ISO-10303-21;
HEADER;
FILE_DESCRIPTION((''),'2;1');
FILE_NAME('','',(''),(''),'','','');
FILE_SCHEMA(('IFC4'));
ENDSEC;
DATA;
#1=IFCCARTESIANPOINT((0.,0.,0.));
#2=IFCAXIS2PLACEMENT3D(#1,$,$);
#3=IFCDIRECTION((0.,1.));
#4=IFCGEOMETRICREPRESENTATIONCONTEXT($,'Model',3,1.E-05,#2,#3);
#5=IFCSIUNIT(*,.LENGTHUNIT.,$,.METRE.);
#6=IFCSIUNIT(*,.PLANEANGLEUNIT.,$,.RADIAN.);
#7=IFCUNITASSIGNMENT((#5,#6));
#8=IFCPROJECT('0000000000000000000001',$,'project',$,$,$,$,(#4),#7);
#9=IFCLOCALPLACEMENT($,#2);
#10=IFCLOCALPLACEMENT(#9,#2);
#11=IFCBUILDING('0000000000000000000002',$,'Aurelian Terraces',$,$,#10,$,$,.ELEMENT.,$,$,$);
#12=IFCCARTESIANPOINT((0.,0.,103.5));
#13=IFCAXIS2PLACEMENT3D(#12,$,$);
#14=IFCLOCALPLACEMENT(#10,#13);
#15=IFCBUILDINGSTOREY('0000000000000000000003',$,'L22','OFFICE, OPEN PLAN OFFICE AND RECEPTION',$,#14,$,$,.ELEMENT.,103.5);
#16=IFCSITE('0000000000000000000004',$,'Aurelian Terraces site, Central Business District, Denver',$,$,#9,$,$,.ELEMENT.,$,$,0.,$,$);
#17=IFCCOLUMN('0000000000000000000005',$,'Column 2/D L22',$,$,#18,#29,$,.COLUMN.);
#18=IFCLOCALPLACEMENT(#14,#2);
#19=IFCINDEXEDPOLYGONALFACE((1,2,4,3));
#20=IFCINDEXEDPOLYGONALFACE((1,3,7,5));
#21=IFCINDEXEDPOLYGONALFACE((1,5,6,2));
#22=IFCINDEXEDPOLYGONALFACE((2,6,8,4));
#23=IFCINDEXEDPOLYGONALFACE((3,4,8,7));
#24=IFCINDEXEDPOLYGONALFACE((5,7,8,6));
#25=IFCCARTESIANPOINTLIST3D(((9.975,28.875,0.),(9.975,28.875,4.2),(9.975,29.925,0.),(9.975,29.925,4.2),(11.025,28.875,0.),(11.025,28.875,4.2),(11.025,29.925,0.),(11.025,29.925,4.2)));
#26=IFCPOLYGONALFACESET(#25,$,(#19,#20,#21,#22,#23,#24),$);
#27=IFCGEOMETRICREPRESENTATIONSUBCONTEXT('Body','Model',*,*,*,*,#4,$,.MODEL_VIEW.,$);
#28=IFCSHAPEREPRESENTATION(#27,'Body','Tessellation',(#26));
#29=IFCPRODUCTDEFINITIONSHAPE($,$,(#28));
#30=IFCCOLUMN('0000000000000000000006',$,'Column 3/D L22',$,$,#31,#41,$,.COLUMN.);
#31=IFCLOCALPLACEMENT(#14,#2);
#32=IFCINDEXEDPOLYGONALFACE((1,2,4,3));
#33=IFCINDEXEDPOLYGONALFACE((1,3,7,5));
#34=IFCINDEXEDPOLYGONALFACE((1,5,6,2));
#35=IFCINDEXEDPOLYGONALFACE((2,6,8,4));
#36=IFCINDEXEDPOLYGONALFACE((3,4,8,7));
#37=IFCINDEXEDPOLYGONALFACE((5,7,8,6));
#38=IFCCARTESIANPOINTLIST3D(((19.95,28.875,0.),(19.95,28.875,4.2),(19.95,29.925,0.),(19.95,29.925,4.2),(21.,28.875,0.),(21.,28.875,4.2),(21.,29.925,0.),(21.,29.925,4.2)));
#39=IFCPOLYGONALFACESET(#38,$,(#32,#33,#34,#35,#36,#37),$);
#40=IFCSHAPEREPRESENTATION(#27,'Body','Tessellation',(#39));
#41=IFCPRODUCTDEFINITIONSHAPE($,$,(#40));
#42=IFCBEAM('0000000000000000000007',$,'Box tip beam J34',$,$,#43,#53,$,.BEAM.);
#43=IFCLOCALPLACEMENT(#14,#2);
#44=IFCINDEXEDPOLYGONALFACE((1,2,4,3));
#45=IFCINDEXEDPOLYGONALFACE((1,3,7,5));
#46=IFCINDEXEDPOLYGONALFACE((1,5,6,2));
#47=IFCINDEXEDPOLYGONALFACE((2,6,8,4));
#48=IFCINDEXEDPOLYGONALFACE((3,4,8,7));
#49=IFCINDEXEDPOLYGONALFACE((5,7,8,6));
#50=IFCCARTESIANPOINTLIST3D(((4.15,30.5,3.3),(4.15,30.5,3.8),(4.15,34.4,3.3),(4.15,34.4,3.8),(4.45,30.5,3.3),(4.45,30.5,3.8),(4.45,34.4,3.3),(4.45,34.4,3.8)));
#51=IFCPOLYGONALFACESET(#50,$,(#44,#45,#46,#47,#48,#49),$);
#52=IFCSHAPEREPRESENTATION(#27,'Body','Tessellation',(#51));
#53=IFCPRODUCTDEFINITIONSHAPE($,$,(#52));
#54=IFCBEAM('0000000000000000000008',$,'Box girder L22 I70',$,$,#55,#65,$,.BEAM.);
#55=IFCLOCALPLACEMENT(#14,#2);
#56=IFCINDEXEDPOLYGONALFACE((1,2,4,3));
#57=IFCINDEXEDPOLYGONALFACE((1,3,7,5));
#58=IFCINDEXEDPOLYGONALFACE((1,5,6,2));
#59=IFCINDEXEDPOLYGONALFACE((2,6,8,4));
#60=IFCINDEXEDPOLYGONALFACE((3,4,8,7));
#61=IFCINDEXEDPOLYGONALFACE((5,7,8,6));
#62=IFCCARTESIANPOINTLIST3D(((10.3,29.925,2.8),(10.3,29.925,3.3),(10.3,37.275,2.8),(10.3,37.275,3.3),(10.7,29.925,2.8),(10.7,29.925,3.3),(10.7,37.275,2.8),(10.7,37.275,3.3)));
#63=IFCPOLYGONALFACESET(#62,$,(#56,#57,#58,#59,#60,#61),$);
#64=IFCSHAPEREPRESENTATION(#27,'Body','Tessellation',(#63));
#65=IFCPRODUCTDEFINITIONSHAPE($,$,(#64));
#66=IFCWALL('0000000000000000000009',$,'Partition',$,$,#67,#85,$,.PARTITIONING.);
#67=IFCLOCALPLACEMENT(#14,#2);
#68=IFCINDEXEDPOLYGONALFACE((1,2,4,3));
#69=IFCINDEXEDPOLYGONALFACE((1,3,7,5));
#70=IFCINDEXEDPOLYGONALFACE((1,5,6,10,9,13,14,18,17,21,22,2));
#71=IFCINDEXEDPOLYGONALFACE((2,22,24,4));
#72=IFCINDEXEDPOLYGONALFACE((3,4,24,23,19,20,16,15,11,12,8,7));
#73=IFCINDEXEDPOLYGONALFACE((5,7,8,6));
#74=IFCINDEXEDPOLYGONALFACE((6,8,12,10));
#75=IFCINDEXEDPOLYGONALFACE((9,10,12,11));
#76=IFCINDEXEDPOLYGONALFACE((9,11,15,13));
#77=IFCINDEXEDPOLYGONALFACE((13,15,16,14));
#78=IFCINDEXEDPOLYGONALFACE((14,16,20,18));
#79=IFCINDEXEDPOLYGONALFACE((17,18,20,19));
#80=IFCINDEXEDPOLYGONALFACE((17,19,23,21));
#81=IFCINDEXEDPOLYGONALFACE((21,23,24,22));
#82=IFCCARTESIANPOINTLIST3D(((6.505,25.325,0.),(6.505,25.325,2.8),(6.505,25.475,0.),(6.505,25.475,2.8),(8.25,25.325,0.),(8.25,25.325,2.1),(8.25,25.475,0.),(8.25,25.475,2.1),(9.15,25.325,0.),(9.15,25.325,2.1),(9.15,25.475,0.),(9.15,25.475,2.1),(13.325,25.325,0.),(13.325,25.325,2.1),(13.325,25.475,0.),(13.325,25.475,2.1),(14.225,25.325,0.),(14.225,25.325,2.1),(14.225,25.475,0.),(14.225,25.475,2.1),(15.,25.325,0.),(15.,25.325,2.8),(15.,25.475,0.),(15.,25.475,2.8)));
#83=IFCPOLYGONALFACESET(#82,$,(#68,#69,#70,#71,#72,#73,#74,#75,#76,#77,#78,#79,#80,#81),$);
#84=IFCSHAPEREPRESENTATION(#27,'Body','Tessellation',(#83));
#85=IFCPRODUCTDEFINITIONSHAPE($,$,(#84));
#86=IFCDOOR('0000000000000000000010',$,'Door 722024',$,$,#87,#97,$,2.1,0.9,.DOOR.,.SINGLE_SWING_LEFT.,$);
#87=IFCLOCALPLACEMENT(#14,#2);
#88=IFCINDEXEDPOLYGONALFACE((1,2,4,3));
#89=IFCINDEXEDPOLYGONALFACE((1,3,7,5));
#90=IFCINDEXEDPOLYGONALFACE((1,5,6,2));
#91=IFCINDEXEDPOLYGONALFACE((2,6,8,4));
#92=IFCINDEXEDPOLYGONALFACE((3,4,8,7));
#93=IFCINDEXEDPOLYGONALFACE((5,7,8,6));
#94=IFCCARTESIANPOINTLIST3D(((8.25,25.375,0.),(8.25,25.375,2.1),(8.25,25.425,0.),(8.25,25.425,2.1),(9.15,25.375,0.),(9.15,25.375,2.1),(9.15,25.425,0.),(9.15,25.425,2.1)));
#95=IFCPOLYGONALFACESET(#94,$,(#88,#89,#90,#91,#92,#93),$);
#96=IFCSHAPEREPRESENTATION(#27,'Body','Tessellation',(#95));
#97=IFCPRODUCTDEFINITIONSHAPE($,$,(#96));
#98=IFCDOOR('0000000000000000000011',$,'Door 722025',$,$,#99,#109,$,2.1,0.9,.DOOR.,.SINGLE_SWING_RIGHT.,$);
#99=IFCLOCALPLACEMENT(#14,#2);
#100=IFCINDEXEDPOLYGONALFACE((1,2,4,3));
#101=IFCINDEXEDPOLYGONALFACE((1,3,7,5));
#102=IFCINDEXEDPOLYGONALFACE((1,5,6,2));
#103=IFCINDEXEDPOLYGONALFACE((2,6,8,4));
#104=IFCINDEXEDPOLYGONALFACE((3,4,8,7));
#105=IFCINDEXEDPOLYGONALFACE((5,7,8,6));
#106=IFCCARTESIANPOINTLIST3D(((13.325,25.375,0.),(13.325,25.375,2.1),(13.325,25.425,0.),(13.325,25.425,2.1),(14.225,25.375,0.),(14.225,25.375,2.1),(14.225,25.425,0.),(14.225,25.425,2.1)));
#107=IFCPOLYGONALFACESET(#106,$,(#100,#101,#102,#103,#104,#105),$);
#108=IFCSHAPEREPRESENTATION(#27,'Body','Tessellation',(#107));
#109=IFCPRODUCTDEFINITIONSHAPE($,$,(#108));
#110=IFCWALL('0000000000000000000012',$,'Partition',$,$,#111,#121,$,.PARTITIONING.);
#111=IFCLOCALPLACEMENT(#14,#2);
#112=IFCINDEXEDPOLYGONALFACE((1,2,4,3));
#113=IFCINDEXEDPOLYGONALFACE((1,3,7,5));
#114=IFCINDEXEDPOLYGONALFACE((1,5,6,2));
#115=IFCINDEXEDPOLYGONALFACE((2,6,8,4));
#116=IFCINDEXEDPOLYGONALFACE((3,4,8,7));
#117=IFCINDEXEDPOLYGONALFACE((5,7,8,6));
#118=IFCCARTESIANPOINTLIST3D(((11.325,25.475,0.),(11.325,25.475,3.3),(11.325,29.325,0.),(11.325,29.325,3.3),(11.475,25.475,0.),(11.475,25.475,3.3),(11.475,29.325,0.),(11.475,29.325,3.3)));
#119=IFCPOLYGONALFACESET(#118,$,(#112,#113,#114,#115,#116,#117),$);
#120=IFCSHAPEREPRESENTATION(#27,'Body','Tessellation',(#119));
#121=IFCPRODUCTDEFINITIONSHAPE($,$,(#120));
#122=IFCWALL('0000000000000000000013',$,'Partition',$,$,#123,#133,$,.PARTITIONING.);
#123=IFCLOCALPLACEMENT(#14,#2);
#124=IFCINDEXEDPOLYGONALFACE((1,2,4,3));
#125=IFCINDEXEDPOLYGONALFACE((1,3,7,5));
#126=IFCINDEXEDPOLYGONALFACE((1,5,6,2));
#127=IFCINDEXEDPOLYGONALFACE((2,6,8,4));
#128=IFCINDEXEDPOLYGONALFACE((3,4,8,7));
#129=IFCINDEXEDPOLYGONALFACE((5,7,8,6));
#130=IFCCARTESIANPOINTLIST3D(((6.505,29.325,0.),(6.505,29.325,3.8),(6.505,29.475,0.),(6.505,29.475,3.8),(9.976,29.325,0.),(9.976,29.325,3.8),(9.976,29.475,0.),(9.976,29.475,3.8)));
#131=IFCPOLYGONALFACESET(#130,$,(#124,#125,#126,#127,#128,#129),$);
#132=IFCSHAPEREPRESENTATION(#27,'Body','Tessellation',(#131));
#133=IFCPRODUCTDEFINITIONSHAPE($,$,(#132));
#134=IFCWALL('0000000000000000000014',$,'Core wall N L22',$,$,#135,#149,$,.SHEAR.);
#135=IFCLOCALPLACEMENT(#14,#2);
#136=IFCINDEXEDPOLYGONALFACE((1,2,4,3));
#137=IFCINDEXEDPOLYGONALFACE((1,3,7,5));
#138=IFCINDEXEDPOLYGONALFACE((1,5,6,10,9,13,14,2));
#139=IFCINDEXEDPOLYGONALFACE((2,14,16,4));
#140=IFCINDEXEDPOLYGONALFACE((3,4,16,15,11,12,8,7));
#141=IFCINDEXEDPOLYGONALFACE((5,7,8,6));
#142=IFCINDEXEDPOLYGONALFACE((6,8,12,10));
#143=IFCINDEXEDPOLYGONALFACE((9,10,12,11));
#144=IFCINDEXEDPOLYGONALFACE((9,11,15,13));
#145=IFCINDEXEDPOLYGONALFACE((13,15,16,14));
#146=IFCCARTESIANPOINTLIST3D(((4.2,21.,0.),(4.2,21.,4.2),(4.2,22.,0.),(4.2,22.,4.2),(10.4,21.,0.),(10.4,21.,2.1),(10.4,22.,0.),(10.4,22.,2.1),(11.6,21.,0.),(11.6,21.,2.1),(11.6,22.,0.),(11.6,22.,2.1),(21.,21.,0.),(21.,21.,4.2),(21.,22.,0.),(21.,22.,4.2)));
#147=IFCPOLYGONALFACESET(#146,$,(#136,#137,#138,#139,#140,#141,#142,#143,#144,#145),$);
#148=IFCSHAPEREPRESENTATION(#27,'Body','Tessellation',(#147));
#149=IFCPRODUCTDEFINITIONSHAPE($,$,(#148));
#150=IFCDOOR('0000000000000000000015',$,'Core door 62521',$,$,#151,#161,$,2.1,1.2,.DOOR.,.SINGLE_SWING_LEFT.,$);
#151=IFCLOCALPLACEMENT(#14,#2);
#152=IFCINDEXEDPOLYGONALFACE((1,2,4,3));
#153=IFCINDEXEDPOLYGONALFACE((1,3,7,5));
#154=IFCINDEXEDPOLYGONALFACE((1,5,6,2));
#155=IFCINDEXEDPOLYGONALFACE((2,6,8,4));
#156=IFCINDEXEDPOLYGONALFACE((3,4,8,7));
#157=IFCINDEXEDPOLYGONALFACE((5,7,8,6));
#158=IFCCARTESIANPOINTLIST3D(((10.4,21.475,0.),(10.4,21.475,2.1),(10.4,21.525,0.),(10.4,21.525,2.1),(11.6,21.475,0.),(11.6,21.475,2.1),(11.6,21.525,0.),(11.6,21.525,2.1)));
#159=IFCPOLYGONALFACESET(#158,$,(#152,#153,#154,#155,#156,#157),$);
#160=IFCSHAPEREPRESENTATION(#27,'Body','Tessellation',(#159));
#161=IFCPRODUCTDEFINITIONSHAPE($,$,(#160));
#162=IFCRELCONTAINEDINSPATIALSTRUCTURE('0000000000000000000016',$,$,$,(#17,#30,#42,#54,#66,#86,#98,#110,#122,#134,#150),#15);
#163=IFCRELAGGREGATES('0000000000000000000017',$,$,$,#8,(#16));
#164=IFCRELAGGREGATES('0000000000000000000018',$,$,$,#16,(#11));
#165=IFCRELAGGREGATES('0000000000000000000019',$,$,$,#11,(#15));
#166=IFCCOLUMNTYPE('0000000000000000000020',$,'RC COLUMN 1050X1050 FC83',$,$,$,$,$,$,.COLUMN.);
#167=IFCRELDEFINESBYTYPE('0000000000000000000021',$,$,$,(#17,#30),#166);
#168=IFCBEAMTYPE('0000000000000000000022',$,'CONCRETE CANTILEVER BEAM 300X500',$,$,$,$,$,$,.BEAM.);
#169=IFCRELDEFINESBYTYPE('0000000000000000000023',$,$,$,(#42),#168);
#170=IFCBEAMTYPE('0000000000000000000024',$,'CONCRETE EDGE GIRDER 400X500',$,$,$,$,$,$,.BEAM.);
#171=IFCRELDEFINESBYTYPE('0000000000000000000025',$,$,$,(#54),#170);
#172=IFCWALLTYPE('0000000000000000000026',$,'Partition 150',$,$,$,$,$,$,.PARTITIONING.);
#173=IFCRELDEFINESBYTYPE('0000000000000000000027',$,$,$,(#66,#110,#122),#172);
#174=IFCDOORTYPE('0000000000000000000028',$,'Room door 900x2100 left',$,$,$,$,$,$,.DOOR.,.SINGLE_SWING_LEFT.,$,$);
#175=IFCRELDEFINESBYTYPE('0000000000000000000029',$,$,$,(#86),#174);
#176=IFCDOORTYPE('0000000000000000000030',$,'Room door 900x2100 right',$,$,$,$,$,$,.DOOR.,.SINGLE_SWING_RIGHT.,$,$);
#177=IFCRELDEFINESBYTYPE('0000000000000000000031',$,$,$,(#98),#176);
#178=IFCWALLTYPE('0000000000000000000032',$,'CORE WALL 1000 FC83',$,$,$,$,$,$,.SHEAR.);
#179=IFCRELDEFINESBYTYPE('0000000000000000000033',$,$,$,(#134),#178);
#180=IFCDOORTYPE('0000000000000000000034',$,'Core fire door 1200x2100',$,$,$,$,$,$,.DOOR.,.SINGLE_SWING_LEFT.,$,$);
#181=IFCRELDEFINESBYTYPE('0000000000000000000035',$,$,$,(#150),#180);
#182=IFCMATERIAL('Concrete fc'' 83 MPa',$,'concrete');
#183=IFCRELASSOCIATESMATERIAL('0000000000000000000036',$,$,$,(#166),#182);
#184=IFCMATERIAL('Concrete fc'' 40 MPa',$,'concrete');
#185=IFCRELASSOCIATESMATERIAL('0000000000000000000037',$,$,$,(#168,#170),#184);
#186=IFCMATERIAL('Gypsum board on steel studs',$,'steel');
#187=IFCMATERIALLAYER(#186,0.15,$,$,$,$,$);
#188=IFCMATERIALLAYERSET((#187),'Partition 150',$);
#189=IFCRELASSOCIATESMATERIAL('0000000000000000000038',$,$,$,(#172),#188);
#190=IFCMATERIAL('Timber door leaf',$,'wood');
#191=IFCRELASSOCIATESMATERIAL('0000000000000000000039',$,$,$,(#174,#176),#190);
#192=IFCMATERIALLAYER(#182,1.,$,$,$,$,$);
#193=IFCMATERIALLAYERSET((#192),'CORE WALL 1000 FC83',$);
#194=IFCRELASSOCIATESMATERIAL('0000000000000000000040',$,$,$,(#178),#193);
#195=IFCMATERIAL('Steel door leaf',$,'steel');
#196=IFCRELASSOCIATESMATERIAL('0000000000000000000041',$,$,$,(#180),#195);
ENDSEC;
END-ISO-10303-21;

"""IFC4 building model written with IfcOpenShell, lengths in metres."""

from ifc_helpers import new_model, si_unit, direction, frame, frame_2d, origin, origin_2d, place, context, subcontext, project, spatial, rectangle, extrude, source, transform, mapped, material, layer, layer_set, material_profile, profile_set, type_object, element, fill, save


model = new_model("IFC4")

# Units and contexts
model_context = context("Model", 3, precision=1e-05, world=origin(), true_north=direction((0.0, 1.0)))
body_context = subcontext(model_context, "Body", "Model", "MODEL_VIEW")
ifc_project = project(units=[si_unit("LENGTHUNIT", "METRE"), si_unit("PLANEANGLEUNIT", "RADIAN")], contexts=[model_context])

# Site, building, storey
site_placement = place(None, origin())
site = spatial("IfcSite", under=ifc_project, at=site_placement, Name="Aurelian Terraces site, Central Business District, Denver", CompositionType="ELEMENT", RefElevation=0.0)
building_placement = place(site_placement, origin())
building = spatial("IfcBuilding", under=site, at=building_placement, Name="Aurelian Terraces", CompositionType="ELEMENT")
storey_placement = place(building_placement, frame((0.0, 0.0, 103.5)))
storey = spatial("IfcBuildingStorey", under=building, at=storey_placement, Name="L22", Description="OFFICE, OPEN PLAN OFFICE AND RECEPTION", CompositionType="ELEMENT", Elevation=103.5)

# Columns
ifc_material_1 = material(Name="Concrete fc' 83 MPa", Category="concrete")
ifc_material_profile_1 = material_profile(ifc_material_1, rectangle(XDim=1.05, YDim=1.05, at=origin_2d()))
ifc_profile_set_1 = profile_set([ifc_material_profile_1], Name="Concrete fc' 83 MPa")
column_type = type_object("IfcColumnType", Name="RC COLUMN 1050X1050 FC83", PredefinedType="COLUMN", material=ifc_profile_set_1)
shared_shape_1 = source(origin(), body_context, "Body", "SweptSolid", [
    extrude(rectangle(XDim=1.05, YDim=1.05, at=origin_2d()), origin(), (0.0, 0.0, 1.0), 4.2),
])
for number, where, z_axis, x_axis, name in (
    (1, (10.5, 29.4, 0.0), (0.0, 0.0, 1.0), (1.0, 0.0, 0.0), "Column 2/D L22"),
    (2, (20.475, 29.4, 0.0), (0.0, 0.0, 1.0), (1.0, 0.0, 0.0), "Column 3/D L22"),
):
    element("IfcColumn", number, at=place(storey_placement, frame(where, z_axis=z_axis, x_axis=x_axis)), inside=storey, type_object=column_type, Name=name, PredefinedType="COLUMN", context=body_context, shape_type="MappedRepresentation", body=[
        mapped(shared_shape_1, transform((0.0, 0.0, 0.0), scale=1.0)),
    ])

# Beams
ifc_material_2 = material(Name="Concrete fc' 40 MPa", Category="concrete")
ifc_material_profile_2 = material_profile(ifc_material_2, rectangle(XDim=0.3, YDim=0.5, at=origin_2d()))
ifc_profile_set_2 = profile_set([ifc_material_profile_2], Name="Concrete fc' 40 MPa")
beam_type_1 = type_object("IfcBeamType", Name="CONCRETE CANTILEVER BEAM 300X500", PredefinedType="BEAM", material=ifc_profile_set_2)
beam_1_placement = place(storey_placement, frame((4.3, 30.5, 3.55), z_axis=(0.0, 1.0, 0.0), x_axis=(-1.0, 0.0, 0.0)))
element("IfcBeam", 3, at=beam_1_placement, inside=storey, type_object=beam_type_1, Name="Box tip beam J34", PredefinedType="BEAM", context=body_context, shape_type="SweptSolid", body=[
    extrude(rectangle(XDim=0.3, YDim=0.5, at=origin_2d()), origin(), (0.0, 0.0, 1.0), 3.9),
])
ifc_material_profile_3 = material_profile(ifc_material_2, rectangle(XDim=0.4, YDim=0.5, at=origin_2d()))
ifc_profile_set_3 = profile_set([ifc_material_profile_3], Name="Concrete fc' 40 MPa")
beam_type_2 = type_object("IfcBeamType", Name="CONCRETE EDGE GIRDER 400X500", PredefinedType="BEAM", material=ifc_profile_set_3)
shared_shape_2 = source(origin(), body_context, "Body", "SweptSolid", [
    extrude(rectangle(XDim=0.4, YDim=0.5, at=origin_2d()), origin(), (0.0, 0.0, 1.0), 7.35),
])
beam_2_placement = place(storey_placement, frame((10.5, 29.925, 3.05), z_axis=(0.0, 1.0, 0.0), x_axis=(-1.0, 0.0, 0.0)))
element("IfcBeam", 4, at=beam_2_placement, inside=storey, type_object=beam_type_2, Name="Box girder L22 I70", PredefinedType="BEAM", context=body_context, shape_type="MappedRepresentation", body=[
    mapped(shared_shape_2, transform((0.0, 0.0, 0.0), scale=1.0)),
])

# Wall, openings, doors
ifc_material_3 = material(Name="Gypsum board on steel studs", Category="steel")
ifc_layer_1 = layer(ifc_material_3, 0.15)
ifc_layer_set_1 = layer_set([ifc_layer_1], Name="Partition 150")
wall_type_1 = type_object("IfcWallType", Name="Partition 150", PredefinedType="PARTITIONING", material=ifc_layer_set_1)
wall_1_placement = place(storey_placement, frame((6.505, 25.4, 0.0), z_axis=(0.0, 0.0, 1.0), x_axis=(1.0, 0.0, 0.0)))
wall_1 = element("IfcWall", 5, at=wall_1_placement, inside=storey, type_object=wall_type_1, Name="Partition", PredefinedType="PARTITIONING", context=body_context, shape_type="SweptSolid", body=[
    extrude(rectangle(XDim=8.495, YDim=0.15, at=frame_2d((4.2475, 0.0))), origin(), (0.0, 0.0, 1.0), 2.8),
])
shared_shape_3 = source(origin(), body_context, "Body", "SweptSolid", [
    extrude(rectangle(XDim=0.9, YDim=2.1, at=frame_2d((0.45, 1.05))), frame((0.0, 0.085, 0.0), z_axis=(0.0, -1.0, 0.0), x_axis=(1.0, 0.0, 0.0)), (0.0, 0.0, 1.0), 0.17),
])
opening_1_placement = place(wall_1_placement, frame((1.745, 0.0, 0.0)))
opening_1 = element("IfcOpeningElement", 6, at=opening_1_placement, cuts=wall_1, PredefinedType="OPENING", context=body_context, shape_type="MappedRepresentation", body=[
    mapped(shared_shape_3, transform((0.0, 0.0, 0.0), scale=1.0)),
])
opening_2_placement = place(wall_1_placement, frame((6.82, 0.0, 0.0)))
opening_2 = element("IfcOpeningElement", 7, at=opening_2_placement, cuts=wall_1, PredefinedType="OPENING", context=body_context, shape_type="MappedRepresentation", body=[
    mapped(shared_shape_3, transform((0.0, 0.0, 0.0), scale=1.0)),
])
ifc_material_4 = material(Name="Timber door leaf", Category="wood")
door_type_1 = type_object("IfcDoorType", Name="Room door 900x2100 left", OperationType="SINGLE_SWING_LEFT", PredefinedType="DOOR", material=ifc_material_4)
shared_shape_4 = source(origin(), body_context, "Body", "SweptSolid", [
    extrude(rectangle(XDim=0.9, YDim=2.1, at=frame_2d((0.45, 1.05))), frame((0.0, 0.025, 0.0), z_axis=(0.0, -1.0, 0.0), x_axis=(1.0, 0.0, 0.0)), (0.0, 0.0, 1.0), 0.05),
])
door_1_placement = place(opening_1_placement, origin())
door_1 = element("IfcDoor", 8, at=door_1_placement, inside=storey, type_object=door_type_1, Name="Door 722024", OperationType="SINGLE_SWING_LEFT", OverallHeight=2.1, OverallWidth=0.9, PredefinedType="DOOR", context=body_context, shape_type="MappedRepresentation", body=[
    mapped(shared_shape_4, transform((0.0, 0.0, 0.0), scale=1.0)),
])
fill(opening_1, door_1)
door_type_2 = type_object("IfcDoorType", Name="Room door 900x2100 right", OperationType="SINGLE_SWING_RIGHT", PredefinedType="DOOR", material=ifc_material_4)
door_2_placement = place(opening_2_placement, origin())
door_2 = element("IfcDoor", 9, at=door_2_placement, inside=storey, type_object=door_type_2, Name="Door 722025", OperationType="SINGLE_SWING_RIGHT", OverallHeight=2.1, OverallWidth=0.9, PredefinedType="DOOR", context=body_context, shape_type="MappedRepresentation", body=[
    mapped(shared_shape_4, transform((0.0, 0.0, 0.0), scale=1.0)),
])
fill(opening_2, door_2)

# Walls
wall_2_placement = place(storey_placement, frame((11.4, 25.475, 0.0), z_axis=(0.0, 0.0, 1.0), x_axis=(0.0, 1.0, 0.0)))
element("IfcWall", 10, at=wall_2_placement, inside=storey, type_object=wall_type_1, Name="Partition", PredefinedType="PARTITIONING", context=body_context, shape_type="SweptSolid", body=[
    extrude(rectangle(XDim=3.85, YDim=0.15, at=frame_2d((1.925, 0.0))), origin(), (0.0, 0.0, 1.0), 3.3),
])
wall_3_placement = place(storey_placement, frame((9.976, 29.4, 0.0), z_axis=(0.0, 0.0, 1.0), x_axis=(-1.0, 0.0, 0.0)))
element("IfcWall", 11, at=wall_3_placement, inside=storey, type_object=wall_type_1, Name="Partition", PredefinedType="PARTITIONING", context=body_context, shape_type="SweptSolid", body=[
    extrude(rectangle(XDim=3.471, YDim=0.15, at=frame_2d((1.7355, 0.0))), origin(), (0.0, 0.0, 1.0), 3.8),
])

# Wall, opening, door
ifc_layer_2 = layer(ifc_material_1, 1.0)
ifc_layer_set_2 = layer_set([ifc_layer_2], Name="CORE WALL 1000 FC83")
wall_type_2 = type_object("IfcWallType", Name="CORE WALL 1000 FC83", PredefinedType="SHEAR", material=ifc_layer_set_2)
shared_shape_5 = source(origin(), body_context, "Body", "SweptSolid", [
    extrude(rectangle(XDim=16.8, YDim=1.0, at=frame_2d((8.4, 0.0))), origin(), (0.0, 0.0, 1.0), 4.2),
])
wall_4_placement = place(storey_placement, frame((4.2, 21.5, 0.0), z_axis=(0.0, 0.0, 1.0), x_axis=(1.0, 0.0, 0.0)))
wall_4 = element("IfcWall", 12, at=wall_4_placement, inside=storey, type_object=wall_type_2, Name="Core wall N L22", PredefinedType="SHEAR", context=body_context, shape_type="MappedRepresentation", body=[
    mapped(shared_shape_5, transform((0.0, 0.0, 0.0), scale=1.0)),
])
opening_3_placement = place(wall_4_placement, frame((6.2, 0.0, 0.0)))
opening_3 = element("IfcOpeningElement", 13, at=opening_3_placement, cuts=wall_4, PredefinedType="OPENING", context=body_context, shape_type="SweptSolid", body=[
    extrude(rectangle(XDim=1.2, YDim=2.1, at=frame_2d((0.6, 1.05))), frame((0.0, 0.51, 0.0), z_axis=(0.0, -1.0, 0.0), x_axis=(1.0, 0.0, 0.0)), (0.0, 0.0, 1.0), 1.02),
])
ifc_material_5 = material(Name="Steel door leaf", Category="steel")
door_type_3 = type_object("IfcDoorType", Name="Core fire door 1200x2100", OperationType="SINGLE_SWING_LEFT", PredefinedType="DOOR", material=ifc_material_5)
shared_shape_6 = source(origin(), body_context, "Body", "SweptSolid", [
    extrude(rectangle(XDim=1.2, YDim=2.1, at=frame_2d((0.6, 1.05))), frame((0.0, 0.025, 0.0), z_axis=(0.0, -1.0, 0.0), x_axis=(1.0, 0.0, 0.0)), (0.0, 0.0, 1.0), 0.05),
])
door_3_placement = place(opening_3_placement, origin())
door_3 = element("IfcDoor", 14, at=door_3_placement, inside=storey, type_object=door_type_3, Name="Core door 62521", OperationType="SINGLE_SWING_LEFT", OverallHeight=2.1, OverallWidth=1.2, PredefinedType="DOOR", context=body_context, shape_type="MappedRepresentation", body=[
    mapped(shared_shape_6, transform((0.0, 0.0, 0.0), scale=1.0)),
])
fill(opening_3, door_3)

save(model, "model.ifc")
